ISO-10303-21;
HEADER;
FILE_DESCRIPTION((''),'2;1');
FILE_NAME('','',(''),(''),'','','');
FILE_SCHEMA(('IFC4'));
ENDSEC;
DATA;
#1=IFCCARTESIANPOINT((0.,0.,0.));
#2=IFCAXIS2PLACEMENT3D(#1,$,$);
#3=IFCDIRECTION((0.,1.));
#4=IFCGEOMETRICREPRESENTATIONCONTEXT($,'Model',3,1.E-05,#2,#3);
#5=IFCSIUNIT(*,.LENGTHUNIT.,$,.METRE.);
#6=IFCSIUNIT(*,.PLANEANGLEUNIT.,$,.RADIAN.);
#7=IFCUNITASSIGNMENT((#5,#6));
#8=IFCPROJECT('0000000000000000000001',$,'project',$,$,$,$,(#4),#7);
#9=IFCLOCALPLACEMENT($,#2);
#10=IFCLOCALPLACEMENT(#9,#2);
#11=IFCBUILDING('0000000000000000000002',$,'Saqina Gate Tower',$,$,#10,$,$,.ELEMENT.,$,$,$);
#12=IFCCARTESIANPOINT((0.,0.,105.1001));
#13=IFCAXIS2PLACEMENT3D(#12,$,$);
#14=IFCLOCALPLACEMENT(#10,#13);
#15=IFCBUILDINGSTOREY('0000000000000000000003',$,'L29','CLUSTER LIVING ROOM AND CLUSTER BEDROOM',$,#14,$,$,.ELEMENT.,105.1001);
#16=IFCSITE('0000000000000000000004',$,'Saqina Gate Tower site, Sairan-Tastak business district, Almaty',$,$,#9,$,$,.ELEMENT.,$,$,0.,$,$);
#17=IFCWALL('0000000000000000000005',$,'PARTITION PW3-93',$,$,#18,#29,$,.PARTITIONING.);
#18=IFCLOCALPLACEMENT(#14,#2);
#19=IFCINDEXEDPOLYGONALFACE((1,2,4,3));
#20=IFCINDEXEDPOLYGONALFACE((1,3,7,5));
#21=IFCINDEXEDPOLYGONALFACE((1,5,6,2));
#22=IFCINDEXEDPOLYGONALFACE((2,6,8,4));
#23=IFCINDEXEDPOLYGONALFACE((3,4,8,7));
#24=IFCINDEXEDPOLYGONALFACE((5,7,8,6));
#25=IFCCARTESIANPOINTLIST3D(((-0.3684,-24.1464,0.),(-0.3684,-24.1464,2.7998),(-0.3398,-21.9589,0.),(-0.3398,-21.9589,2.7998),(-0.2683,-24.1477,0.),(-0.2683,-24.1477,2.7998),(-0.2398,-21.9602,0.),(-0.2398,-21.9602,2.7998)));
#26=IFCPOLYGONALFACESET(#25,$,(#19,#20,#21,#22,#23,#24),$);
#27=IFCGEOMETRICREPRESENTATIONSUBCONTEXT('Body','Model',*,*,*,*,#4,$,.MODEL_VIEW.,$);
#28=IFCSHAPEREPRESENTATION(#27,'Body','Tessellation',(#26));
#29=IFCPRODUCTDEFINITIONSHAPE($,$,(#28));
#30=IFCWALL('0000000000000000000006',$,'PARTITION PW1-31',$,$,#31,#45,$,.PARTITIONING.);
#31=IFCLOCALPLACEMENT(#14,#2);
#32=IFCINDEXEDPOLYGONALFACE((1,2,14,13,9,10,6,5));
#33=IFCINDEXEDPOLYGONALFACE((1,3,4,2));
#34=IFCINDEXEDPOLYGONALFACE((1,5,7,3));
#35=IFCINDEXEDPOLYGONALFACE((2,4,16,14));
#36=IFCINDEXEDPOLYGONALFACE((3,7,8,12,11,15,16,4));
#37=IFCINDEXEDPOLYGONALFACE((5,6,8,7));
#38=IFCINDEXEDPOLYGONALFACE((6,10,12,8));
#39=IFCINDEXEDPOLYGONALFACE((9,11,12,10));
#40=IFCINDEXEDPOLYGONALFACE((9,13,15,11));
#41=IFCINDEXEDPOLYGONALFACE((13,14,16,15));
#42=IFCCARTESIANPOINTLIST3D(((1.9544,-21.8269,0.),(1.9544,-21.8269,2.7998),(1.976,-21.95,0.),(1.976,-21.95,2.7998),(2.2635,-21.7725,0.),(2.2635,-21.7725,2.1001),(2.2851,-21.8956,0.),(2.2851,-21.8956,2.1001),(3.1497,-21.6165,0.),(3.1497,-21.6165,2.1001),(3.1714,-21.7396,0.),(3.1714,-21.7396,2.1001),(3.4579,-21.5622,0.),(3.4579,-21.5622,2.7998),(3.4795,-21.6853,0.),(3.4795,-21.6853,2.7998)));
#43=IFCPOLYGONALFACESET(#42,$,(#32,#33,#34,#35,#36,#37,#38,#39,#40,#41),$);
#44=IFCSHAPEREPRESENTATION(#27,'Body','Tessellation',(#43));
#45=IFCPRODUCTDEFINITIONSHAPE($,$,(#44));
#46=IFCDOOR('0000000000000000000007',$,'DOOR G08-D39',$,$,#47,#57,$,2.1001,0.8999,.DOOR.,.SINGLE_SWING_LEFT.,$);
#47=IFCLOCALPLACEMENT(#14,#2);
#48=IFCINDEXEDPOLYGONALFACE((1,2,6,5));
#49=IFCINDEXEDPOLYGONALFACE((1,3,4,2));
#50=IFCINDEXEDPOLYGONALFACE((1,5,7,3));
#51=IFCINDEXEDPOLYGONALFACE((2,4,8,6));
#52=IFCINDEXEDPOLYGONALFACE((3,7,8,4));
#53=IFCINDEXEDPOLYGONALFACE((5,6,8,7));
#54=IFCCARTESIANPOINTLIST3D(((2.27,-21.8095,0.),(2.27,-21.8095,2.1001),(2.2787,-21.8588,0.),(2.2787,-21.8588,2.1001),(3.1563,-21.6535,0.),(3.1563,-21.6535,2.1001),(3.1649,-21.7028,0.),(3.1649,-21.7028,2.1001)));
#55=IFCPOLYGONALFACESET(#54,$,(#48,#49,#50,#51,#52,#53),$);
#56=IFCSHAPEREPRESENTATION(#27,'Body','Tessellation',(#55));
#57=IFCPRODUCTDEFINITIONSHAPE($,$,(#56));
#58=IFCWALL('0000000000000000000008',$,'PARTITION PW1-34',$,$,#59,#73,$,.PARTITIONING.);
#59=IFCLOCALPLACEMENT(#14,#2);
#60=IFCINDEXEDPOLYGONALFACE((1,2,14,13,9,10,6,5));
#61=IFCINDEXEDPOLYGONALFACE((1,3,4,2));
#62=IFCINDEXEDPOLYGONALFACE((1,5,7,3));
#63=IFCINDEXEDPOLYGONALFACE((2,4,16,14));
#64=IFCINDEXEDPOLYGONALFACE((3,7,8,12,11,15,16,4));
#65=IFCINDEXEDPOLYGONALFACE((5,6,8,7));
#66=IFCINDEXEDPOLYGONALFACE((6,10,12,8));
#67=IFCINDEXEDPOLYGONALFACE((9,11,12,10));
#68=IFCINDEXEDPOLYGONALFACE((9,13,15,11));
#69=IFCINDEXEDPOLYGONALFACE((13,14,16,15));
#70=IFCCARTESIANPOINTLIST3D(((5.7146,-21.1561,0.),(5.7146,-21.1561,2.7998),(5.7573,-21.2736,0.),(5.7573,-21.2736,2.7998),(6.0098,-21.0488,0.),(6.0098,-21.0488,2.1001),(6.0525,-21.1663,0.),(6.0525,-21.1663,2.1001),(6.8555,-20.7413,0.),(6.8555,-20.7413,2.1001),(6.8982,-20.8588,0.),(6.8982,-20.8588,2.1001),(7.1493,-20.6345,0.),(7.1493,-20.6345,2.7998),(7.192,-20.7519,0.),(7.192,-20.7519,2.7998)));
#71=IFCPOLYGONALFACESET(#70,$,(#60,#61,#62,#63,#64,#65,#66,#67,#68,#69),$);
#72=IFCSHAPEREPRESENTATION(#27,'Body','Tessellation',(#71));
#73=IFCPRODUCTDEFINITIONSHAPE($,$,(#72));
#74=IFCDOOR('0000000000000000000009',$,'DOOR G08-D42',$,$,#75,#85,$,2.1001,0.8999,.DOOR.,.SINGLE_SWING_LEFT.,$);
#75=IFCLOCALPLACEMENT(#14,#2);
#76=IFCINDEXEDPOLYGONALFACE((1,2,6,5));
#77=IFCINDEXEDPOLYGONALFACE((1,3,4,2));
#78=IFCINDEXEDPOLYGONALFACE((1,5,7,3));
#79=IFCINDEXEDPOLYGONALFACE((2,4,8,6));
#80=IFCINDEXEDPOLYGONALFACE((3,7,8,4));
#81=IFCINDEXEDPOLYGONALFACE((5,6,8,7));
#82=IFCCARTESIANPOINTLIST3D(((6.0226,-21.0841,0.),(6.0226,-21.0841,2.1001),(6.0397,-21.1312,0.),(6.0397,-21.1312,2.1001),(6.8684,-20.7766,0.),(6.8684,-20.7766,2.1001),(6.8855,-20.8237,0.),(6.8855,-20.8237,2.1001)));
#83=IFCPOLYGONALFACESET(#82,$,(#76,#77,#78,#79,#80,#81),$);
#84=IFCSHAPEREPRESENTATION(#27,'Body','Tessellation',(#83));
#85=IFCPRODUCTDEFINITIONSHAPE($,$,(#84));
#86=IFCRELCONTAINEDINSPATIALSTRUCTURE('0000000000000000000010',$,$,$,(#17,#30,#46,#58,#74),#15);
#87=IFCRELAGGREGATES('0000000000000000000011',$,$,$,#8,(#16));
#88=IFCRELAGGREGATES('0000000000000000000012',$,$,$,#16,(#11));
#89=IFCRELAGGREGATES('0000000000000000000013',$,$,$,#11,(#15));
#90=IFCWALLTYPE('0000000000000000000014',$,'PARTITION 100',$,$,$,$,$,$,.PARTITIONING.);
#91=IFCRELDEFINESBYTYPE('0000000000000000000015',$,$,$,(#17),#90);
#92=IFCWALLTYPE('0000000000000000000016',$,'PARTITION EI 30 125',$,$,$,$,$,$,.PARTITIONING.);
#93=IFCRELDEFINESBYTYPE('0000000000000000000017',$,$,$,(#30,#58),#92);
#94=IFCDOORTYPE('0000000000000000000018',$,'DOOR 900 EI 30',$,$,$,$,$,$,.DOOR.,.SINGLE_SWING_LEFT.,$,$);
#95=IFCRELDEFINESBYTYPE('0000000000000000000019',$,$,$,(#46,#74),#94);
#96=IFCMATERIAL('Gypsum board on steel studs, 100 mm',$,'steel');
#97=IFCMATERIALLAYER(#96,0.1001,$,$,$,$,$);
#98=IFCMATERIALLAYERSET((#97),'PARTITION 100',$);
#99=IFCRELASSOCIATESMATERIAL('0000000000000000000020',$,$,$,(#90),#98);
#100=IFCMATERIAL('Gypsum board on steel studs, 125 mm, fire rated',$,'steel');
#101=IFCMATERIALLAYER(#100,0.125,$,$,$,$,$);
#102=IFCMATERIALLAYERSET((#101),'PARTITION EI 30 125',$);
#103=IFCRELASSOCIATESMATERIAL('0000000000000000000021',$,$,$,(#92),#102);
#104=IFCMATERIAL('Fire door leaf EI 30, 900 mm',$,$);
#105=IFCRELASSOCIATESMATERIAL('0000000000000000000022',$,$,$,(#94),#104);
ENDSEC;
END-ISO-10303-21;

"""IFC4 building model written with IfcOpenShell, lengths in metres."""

from ifc_helpers import new_model, si_unit, direction, frame, frame_2d, origin, place, context, subcontext, project, spatial, rectangle, extrude, material, layer, layer_set, type_object, element, fill, save


model = new_model("IFC4")

# Units and contexts
model_context = context("Model", 3, precision=1e-05, world=origin(), true_north=direction((0.0, 1.0)))
body_context = subcontext(model_context, "Body", "Model", "MODEL_VIEW")
ifc_project = project(units=[si_unit("LENGTHUNIT", "METRE"), si_unit("PLANEANGLEUNIT", "RADIAN")], contexts=[model_context])

# Site, building, storey
site_placement = place(None, origin())
site = spatial("IfcSite", under=ifc_project, at=site_placement, Name="Saqina Gate Tower site, Sairan-Tastak business district, Almaty", CompositionType="ELEMENT", RefElevation=0.0)
building_placement = place(site_placement, origin())
building = spatial("IfcBuilding", under=site, at=building_placement, Name="Saqina Gate Tower", CompositionType="ELEMENT")
storey_placement = place(building_placement, frame((0.0, 0.0, 105.1001)))
storey = spatial("IfcBuildingStorey", under=building, at=storey_placement, Name="L29", Description="CLUSTER LIVING ROOM AND CLUSTER BEDROOM", CompositionType="ELEMENT", Elevation=105.1001)

# Shared definitions
ifc_material_1 = material(Name="Gypsum board on steel studs, 100 mm", Category="steel")
ifc_layer_1 = layer(ifc_material_1, 0.1001)
ifc_layer_set_1 = layer_set([ifc_layer_1], Name="PARTITION 100")
wall_type_1 = type_object("IfcWallType", Name="PARTITION 100", PredefinedType="PARTITIONING", material=ifc_layer_set_1)

# Wall
wall_1_placement = place(storey_placement, frame((-0.3184, -24.147, 0.0), z_axis=(0.0, 0.0, 1.0), x_axis=(0.013057, 0.999915, 0.0)))
element("IfcWall", 1, at=wall_1_placement, inside=storey, type_object=wall_type_1, Name="PARTITION PW3-93", PredefinedType="PARTITIONING", context=body_context, shape_type="SweptSolid", body=[
    extrude(rectangle(XDim=2.1877, YDim=0.1001, at=frame_2d((1.0938, 0.0))), origin(), (0.0, 0.0, 1.0), 2.7998),
])

# Walls, openings, doors
ifc_material_2 = material(Name="Gypsum board on steel studs, 125 mm, fire rated", Category="steel")
ifc_layer_2 = layer(ifc_material_2, 0.125)
ifc_layer_set_2 = layer_set([ifc_layer_2], Name="PARTITION EI 30 125")
wall_type_2 = type_object("IfcWallType", Name="PARTITION EI 30 125", PredefinedType="PARTITIONING", material=ifc_layer_set_2)
wall_2_placement = place(storey_placement, frame((1.9653, -21.8884, 0.0), z_axis=(0.0, 0.0, 1.0), x_axis=(0.984858, 0.173366, 0.0)))
wall_2 = element("IfcWall", 2, at=wall_2_placement, inside=storey, type_object=wall_type_2, Name="PARTITION PW1-31", PredefinedType="PARTITIONING", context=body_context, shape_type="SweptSolid", body=[
    extrude(rectangle(XDim=1.5266, YDim=0.125, at=frame_2d((0.7632, 0.0))), origin(), (0.0, 0.0, 1.0), 2.7998),
])
opening_1_placement = place(wall_2_placement, frame((0.3137, 0.0, 0.0)))
opening_1 = element("IfcOpeningElement", 3, at=opening_1_placement, cuts=wall_2, PredefinedType="OPENING", context=body_context, shape_type="SweptSolid", body=[
    extrude(rectangle(XDim=0.8999, YDim=2.1001, at=frame_2d((0.45, 1.05))), frame((0.0, 0.0745, 0.0), z_axis=(0.0, -1.0, 0.0), x_axis=(1.0, 0.0, 0.0)), (0.0, 0.0, 1.0), 0.1489),
])
ifc_material_3 = material(Name="Fire door leaf EI 30, 900 mm")
door_type_1 = type_object("IfcDoorType", Name="DOOR 900 EI 30", OperationType="SINGLE_SWING_LEFT", PredefinedType="DOOR", material=ifc_material_3)
door_1_placement = place(opening_1_placement, origin())
door_1 = element("IfcDoor", 4, at=door_1_placement, inside=storey, type_object=door_type_1, Name="DOOR G08-D39", OperationType="SINGLE_SWING_LEFT", OverallHeight=2.1001, OverallWidth=0.8999, PredefinedType="DOOR", context=body_context, shape_type="SweptSolid", body=[
    extrude(rectangle(XDim=0.8999, YDim=2.1001, at=frame_2d((0.45, 1.05))), frame((0.0, 0.0249, 0.0), z_axis=(0.0, -1.0, 0.0), x_axis=(1.0, 0.0, 0.0)), (0.0, 0.0, 1.0), 0.05),
])
fill(opening_1, door_1)
wall_3_placement = place(storey_placement, frame((5.7361, -21.2148, 0.0), z_axis=(0.0, 0.0, 1.0), x_axis=(0.939798, 0.34173, 0.0)))
wall_3 = element("IfcWall", 5, at=wall_3_placement, inside=storey, type_object=wall_type_2, Name="PARTITION PW1-34", PredefinedType="PARTITIONING", context=body_context, shape_type="SweptSolid", body=[
    extrude(rectangle(XDim=1.5266, YDim=0.125, at=frame_2d((0.7632, 0.0))), origin(), (0.0, 0.0, 1.0), 2.7998),
])
opening_2_placement = place(wall_3_placement, frame((0.314, 0.0, 0.0)))
opening_2 = element("IfcOpeningElement", 6, at=opening_2_placement, cuts=wall_3, PredefinedType="OPENING", context=body_context, shape_type="SweptSolid", body=[
    extrude(rectangle(XDim=0.8999, YDim=2.1001, at=frame_2d((0.45, 1.05))), frame((0.0, 0.0745, 0.0), z_axis=(0.0, -1.0, 0.0), x_axis=(1.0, 0.0, 0.0)), (0.0, 0.0, 1.0), 0.1489),
])
door_2_placement = place(opening_2_placement, origin())
door_2 = element("IfcDoor", 7, at=door_2_placement, inside=storey, type_object=door_type_1, Name="DOOR G08-D42", OperationType="SINGLE_SWING_LEFT", OverallHeight=2.1001, OverallWidth=0.8999, PredefinedType="DOOR", context=body_context, shape_type="SweptSolid", body=[
    extrude(rectangle(XDim=0.8999, YDim=2.1001, at=frame_2d((0.45, 1.05))), frame((0.0, 0.0249, 0.0), z_axis=(0.0, -1.0, 0.0), x_axis=(1.0, 0.0, 0.0)), (0.0, 0.0, 1.0), 0.05),
])
fill(opening_2, door_2)

save(model, "model.ifc")
